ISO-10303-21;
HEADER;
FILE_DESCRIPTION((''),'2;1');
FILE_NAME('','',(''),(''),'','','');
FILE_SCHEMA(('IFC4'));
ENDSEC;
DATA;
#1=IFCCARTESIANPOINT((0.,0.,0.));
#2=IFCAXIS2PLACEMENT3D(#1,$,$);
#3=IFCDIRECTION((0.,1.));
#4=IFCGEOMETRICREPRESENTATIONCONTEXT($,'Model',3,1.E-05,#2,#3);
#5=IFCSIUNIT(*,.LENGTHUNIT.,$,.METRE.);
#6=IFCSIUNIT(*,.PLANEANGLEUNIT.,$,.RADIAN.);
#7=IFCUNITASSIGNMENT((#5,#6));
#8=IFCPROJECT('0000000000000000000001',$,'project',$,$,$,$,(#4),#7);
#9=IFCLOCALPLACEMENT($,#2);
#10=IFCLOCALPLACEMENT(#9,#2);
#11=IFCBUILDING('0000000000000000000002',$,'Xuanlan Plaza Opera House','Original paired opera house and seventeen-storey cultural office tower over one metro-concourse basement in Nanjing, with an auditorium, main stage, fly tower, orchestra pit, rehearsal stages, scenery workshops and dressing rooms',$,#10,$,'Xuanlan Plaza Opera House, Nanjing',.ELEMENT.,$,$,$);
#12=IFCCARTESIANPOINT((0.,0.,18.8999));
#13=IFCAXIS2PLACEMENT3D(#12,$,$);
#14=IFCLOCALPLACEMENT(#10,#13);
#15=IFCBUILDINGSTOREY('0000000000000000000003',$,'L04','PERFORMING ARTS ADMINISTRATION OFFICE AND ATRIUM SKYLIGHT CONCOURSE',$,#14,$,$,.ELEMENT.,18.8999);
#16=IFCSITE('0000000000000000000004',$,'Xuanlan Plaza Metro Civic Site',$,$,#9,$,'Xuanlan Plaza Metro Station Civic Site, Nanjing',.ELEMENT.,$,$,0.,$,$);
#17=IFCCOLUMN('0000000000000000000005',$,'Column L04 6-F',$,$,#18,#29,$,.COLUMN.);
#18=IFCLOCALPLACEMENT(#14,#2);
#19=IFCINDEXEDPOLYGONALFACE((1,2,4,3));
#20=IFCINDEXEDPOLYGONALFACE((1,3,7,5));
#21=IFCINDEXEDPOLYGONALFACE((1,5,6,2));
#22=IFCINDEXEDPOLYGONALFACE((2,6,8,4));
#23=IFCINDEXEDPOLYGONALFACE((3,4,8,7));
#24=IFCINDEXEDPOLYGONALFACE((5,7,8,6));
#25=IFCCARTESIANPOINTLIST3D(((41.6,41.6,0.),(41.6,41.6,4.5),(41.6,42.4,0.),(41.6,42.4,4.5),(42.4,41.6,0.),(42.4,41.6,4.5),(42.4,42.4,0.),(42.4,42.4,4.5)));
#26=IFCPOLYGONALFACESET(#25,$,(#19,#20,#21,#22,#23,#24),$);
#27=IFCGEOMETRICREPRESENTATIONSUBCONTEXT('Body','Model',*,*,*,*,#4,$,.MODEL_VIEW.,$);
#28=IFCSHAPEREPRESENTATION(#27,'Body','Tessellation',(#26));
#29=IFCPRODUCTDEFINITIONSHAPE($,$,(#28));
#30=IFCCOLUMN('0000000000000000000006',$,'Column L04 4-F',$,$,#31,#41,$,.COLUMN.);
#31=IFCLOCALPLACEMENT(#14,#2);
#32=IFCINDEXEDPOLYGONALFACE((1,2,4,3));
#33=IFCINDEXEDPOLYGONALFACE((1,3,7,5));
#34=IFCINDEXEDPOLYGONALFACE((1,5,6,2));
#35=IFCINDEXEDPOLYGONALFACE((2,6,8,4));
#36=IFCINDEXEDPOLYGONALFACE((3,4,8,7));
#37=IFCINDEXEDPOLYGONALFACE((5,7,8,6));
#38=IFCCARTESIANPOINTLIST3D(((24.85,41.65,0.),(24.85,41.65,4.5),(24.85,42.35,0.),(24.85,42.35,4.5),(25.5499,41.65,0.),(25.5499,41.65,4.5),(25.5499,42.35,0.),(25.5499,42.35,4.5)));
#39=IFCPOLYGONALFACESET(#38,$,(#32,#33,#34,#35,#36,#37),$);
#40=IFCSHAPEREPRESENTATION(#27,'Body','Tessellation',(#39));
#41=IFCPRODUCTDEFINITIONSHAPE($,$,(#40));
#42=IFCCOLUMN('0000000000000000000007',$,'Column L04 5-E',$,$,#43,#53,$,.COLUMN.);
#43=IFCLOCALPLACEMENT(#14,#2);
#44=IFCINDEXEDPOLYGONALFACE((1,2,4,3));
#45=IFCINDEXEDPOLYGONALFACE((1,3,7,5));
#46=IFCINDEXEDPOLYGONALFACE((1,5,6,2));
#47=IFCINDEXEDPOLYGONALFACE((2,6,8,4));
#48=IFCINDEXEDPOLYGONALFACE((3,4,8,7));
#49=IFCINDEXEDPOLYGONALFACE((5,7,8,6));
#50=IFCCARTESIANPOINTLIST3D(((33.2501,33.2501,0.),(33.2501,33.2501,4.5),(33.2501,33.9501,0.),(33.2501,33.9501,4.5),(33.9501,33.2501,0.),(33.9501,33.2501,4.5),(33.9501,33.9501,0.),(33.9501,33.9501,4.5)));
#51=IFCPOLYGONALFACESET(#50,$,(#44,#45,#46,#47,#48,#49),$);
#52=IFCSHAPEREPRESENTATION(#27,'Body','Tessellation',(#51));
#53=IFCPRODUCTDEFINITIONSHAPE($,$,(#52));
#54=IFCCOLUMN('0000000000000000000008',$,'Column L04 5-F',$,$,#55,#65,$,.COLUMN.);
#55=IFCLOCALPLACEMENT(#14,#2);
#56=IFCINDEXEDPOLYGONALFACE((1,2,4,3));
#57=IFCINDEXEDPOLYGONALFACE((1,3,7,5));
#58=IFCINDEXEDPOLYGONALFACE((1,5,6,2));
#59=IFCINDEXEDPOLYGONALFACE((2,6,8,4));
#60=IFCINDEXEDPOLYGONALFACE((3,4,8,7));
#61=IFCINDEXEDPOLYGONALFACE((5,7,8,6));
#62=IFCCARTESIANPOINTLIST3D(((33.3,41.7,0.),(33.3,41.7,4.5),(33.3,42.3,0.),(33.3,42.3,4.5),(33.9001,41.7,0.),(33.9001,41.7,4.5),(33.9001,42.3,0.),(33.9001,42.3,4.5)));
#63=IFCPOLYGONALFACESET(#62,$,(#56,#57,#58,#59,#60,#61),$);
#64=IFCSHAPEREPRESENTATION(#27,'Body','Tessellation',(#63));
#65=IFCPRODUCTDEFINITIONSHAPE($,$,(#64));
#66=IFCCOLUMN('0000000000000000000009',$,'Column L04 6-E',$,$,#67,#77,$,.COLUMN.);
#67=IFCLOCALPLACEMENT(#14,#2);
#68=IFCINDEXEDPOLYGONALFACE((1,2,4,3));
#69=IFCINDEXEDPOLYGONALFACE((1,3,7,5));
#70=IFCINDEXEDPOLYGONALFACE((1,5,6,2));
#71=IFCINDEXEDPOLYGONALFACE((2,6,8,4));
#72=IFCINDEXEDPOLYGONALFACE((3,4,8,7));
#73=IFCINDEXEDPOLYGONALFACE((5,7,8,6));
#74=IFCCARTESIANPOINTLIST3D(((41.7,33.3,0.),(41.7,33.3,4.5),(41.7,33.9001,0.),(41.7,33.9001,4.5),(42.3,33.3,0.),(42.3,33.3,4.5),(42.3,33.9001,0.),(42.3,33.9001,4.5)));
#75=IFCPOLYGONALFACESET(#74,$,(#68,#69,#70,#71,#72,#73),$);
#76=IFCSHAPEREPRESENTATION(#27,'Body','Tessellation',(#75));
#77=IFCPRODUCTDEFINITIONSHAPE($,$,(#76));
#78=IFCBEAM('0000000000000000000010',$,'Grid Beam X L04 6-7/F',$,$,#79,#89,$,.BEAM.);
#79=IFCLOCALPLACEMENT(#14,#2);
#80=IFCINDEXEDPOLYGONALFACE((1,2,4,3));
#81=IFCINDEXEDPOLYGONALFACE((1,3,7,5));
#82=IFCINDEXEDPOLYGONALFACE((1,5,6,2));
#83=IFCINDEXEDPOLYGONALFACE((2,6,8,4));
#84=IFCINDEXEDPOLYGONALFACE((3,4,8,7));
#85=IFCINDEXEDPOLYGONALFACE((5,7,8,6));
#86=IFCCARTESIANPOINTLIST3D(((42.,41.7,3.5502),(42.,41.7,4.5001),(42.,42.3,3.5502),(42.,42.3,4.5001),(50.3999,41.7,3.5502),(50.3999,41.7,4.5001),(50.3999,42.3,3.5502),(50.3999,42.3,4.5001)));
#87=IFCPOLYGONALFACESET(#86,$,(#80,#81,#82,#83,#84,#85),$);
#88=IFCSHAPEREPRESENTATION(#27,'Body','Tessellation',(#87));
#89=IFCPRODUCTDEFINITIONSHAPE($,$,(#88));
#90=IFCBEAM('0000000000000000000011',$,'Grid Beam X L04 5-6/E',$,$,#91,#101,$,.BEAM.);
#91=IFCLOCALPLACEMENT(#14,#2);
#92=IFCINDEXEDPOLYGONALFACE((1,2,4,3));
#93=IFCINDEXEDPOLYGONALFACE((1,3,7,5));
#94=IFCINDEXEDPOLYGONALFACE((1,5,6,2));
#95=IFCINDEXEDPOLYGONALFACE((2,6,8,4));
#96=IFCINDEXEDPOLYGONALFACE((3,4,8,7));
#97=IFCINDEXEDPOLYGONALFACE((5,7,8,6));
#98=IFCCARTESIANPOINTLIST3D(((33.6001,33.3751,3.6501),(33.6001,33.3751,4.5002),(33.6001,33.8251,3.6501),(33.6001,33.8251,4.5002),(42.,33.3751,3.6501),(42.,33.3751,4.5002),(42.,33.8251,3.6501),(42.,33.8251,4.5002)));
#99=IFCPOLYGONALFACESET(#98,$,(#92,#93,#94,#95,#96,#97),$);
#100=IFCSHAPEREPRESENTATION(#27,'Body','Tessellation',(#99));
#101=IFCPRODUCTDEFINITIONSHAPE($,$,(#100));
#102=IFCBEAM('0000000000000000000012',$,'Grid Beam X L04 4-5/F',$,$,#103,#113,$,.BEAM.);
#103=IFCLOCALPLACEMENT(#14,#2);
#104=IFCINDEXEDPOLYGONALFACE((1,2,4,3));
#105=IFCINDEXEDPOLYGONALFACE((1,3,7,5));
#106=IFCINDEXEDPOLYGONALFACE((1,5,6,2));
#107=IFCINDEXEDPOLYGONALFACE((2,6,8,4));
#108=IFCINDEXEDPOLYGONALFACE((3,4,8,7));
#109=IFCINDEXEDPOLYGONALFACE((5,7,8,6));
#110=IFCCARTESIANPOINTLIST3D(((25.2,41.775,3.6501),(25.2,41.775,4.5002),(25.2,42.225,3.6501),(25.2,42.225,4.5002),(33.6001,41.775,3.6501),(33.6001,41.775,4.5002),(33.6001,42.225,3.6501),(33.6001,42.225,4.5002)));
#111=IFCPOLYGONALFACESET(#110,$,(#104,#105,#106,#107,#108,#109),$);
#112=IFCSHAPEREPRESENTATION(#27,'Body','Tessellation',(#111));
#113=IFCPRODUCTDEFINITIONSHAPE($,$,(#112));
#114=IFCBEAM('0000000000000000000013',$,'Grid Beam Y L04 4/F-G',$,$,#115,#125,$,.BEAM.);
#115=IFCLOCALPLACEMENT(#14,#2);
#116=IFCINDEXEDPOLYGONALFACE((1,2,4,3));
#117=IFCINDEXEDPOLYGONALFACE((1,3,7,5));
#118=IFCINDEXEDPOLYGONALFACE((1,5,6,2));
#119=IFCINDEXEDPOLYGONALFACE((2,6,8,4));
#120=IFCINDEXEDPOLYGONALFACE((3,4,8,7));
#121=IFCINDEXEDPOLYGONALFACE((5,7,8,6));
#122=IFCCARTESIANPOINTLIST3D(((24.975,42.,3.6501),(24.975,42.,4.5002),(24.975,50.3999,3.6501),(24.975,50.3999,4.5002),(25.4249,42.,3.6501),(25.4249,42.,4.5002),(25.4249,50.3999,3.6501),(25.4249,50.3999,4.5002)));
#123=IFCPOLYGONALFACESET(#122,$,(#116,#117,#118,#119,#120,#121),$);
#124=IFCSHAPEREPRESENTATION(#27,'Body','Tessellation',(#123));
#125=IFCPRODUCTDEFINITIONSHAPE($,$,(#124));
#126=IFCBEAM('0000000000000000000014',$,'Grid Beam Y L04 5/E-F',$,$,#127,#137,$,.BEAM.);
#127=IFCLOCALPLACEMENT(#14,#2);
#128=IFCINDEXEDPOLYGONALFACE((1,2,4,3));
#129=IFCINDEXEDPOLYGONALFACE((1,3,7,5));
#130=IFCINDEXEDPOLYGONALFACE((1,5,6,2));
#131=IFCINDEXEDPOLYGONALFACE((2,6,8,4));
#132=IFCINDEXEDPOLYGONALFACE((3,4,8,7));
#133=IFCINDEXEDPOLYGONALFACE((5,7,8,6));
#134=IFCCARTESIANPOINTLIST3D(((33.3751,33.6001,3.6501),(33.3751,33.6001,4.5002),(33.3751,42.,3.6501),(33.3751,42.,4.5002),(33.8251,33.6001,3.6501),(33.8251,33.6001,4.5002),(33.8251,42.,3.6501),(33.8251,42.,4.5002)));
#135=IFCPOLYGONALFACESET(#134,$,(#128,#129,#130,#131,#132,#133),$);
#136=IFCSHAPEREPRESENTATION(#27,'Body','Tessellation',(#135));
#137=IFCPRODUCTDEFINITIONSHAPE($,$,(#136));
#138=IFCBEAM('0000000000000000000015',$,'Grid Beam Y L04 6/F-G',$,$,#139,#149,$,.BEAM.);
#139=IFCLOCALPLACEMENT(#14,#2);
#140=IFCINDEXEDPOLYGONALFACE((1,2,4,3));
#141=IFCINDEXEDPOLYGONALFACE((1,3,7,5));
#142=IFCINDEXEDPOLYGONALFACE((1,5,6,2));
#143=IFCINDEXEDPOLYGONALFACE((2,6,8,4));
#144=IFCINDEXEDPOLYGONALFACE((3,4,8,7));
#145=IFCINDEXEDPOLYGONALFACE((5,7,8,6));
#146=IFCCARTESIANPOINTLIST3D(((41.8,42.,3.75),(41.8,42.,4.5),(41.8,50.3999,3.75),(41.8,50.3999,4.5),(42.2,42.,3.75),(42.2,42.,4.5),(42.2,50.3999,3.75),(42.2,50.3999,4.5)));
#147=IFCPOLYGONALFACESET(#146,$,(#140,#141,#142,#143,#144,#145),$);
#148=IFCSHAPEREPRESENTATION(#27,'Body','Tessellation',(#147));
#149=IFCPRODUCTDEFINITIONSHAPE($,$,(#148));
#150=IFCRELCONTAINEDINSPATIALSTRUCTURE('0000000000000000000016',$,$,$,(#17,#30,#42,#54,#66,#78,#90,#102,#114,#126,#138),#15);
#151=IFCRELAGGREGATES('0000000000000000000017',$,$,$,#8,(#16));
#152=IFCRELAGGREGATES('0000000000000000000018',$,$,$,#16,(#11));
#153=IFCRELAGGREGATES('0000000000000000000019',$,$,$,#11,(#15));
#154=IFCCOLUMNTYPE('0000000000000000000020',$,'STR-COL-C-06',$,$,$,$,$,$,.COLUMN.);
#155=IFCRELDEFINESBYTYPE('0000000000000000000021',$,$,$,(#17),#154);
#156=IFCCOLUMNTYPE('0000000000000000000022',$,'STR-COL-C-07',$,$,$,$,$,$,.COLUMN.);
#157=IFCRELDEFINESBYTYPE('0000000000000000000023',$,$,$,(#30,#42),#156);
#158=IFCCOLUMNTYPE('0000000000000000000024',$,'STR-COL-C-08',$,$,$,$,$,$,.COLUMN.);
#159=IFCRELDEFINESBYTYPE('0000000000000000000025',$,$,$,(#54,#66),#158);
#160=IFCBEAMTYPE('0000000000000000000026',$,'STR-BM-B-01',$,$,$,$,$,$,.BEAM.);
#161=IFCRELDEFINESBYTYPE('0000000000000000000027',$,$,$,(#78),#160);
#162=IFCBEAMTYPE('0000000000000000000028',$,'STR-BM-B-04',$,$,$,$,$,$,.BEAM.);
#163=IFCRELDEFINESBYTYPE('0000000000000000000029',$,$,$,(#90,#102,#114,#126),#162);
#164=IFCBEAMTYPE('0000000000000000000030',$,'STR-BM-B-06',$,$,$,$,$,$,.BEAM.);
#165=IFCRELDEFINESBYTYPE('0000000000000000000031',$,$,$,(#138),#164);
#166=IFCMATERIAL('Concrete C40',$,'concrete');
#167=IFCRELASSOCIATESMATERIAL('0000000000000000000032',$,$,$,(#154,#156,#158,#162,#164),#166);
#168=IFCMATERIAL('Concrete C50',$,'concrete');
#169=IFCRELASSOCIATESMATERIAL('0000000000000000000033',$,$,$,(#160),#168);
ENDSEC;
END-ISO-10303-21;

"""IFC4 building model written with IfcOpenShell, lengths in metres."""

from ifc_helpers import new_model, si_unit, direction, frame, origin, origin_2d, place, context, subcontext, project, spatial, rectangle, extrude, material, material_profile, profile_set, type_object, element, save


model = new_model("IFC4")

# Units and contexts
model_context = context("Model", 3, precision=1e-05, world=origin(), true_north=direction((0.0, 1.0)))
body_context = subcontext(model_context, "Body", "Model", "MODEL_VIEW")
ifc_project = project(units=[si_unit("LENGTHUNIT", "METRE"), si_unit("PLANEANGLEUNIT", "RADIAN")], contexts=[model_context])

# Site, building, storey
site_placement = place(None, origin())
site = spatial("IfcSite", under=ifc_project, at=site_placement, Name="Xuanlan Plaza Metro Civic Site", LongName="Xuanlan Plaza Metro Station Civic Site, Nanjing", CompositionType="ELEMENT", RefElevation=0.0)
building_placement = place(site_placement, origin())
building = spatial("IfcBuilding", under=site, at=building_placement, Name="Xuanlan Plaza Opera House", Description="Original paired opera house and seventeen-storey cultural office tower over one metro-concourse basement in Nanjing, with an auditorium, main stage, fly tower, orchestra pit, rehearsal stages, scenery workshops and dressing rooms", LongName="Xuanlan Plaza Opera House, Nanjing", CompositionType="ELEMENT")
storey_placement = place(building_placement, frame((0.0, 0.0, 18.8999)))
storey = spatial("IfcBuildingStorey", under=building, at=storey_placement, Name="L04", Description="PERFORMING ARTS ADMINISTRATION OFFICE AND ATRIUM SKYLIGHT CONCOURSE", CompositionType="ELEMENT", Elevation=18.8999)

# Columns
ifc_material_1 = material(Name="Concrete C40", Category="concrete")
ifc_material_profile_1 = material_profile(ifc_material_1, rectangle(XDim=0.8, YDim=0.8, at=origin_2d()), Name="RC-COL 800x800")
ifc_profile_set_1 = profile_set([ifc_material_profile_1], Name="Concrete C40")
column_type_1 = type_object("IfcColumnType", Name="STR-COL-C-06", PredefinedType="COLUMN", material=ifc_profile_set_1)
column_placement = place(storey_placement, frame((42.0, 42.0, 0.0), z_axis=(0.0, 0.0, 1.0), x_axis=(1.0, 0.0, 0.0)))
element("IfcColumn", 1, at=column_placement, inside=storey, type_object=column_type_1, Name="Column L04 6-F", PredefinedType="COLUMN", context=body_context, shape_type="SweptSolid", body=[
    extrude(rectangle(XDim=0.8, YDim=0.8, at=origin_2d()), origin(), (0.0, 0.0, 1.0), 4.5),
])
ifc_material_profile_2 = material_profile(ifc_material_1, rectangle(XDim=0.7, YDim=0.7, at=origin_2d()), Name="RC-COL 700x700")
ifc_profile_set_2 = profile_set([ifc_material_profile_2], Name="Concrete C40")
column_type_2 = type_object("IfcColumnType", Name="STR-COL-C-07", PredefinedType="COLUMN", material=ifc_profile_set_2)
for number, where, z_axis, x_axis, name in (
    (2, (25.2, 42.0, 0.0), (0.0, 0.0, 1.0), (1.0, 0.0, 0.0), "Column L04 4-F"),
    (3, (33.6001, 33.6001, 0.0), (0.0, 0.0, 1.0), (1.0, 0.0, 0.0), "Column L04 5-E"),
):
    element("IfcColumn", number, at=place(storey_placement, frame(where, z_axis=z_axis, x_axis=x_axis)), inside=storey, type_object=column_type_2, Name=name, PredefinedType="COLUMN", context=body_context, shape_type="SweptSolid", body=[
        extrude(rectangle(XDim=0.7, YDim=0.7, at=origin_2d()), origin(), (0.0, 0.0, 1.0), 4.5),
    ])
ifc_material_profile_3 = material_profile(ifc_material_1, rectangle(XDim=0.6001, YDim=0.6001, at=origin_2d()), Name="RC-COL 600x600")
ifc_profile_set_3 = profile_set([ifc_material_profile_3], Name="Concrete C40")
column_type_3 = type_object("IfcColumnType", Name="STR-COL-C-08", PredefinedType="COLUMN", material=ifc_profile_set_3)
for number, where, z_axis, x_axis, name in (
    (4, (33.6001, 42.0, 0.0), (0.0, 0.0, 1.0), (1.0, 0.0, 0.0), "Column L04 5-F"),
    (5, (42.0, 33.6001, 0.0), (0.0, 0.0, 1.0), (1.0, 0.0, 0.0), "Column L04 6-E"),
):
    element("IfcColumn", number, at=place(storey_placement, frame(where, z_axis=z_axis, x_axis=x_axis)), inside=storey, type_object=column_type_3, Name=name, PredefinedType="COLUMN", context=body_context, shape_type="SweptSolid", body=[
        extrude(rectangle(XDim=0.6001, YDim=0.6001, at=origin_2d()), origin(), (0.0, 0.0, 1.0), 4.5),
    ])

# Beams
ifc_material_2 = material(Name="Concrete C50", Category="concrete")
ifc_material_profile_4 = material_profile(ifc_material_2, rectangle(XDim=0.6001, YDim=0.95, at=origin_2d()), Name="RC-BM 600x950")
ifc_profile_set_4 = profile_set([ifc_material_profile_4], Name="Concrete C50")
beam_type_1 = type_object("IfcBeamType", Name="STR-BM-B-01", PredefinedType="BEAM", material=ifc_profile_set_4)
beam_1_placement = place(storey_placement, frame((42.0, 42.0, 4.0251), z_axis=(1.0, 0.0, 0.0), x_axis=(0.0, 1.0, 0.0)))
element("IfcBeam", 6, at=beam_1_placement, inside=storey, type_object=beam_type_1, Name="Grid Beam X L04 6-7/F", PredefinedType="BEAM", context=body_context, shape_type="SweptSolid", body=[
    extrude(rectangle(XDim=0.6001, YDim=0.95, at=origin_2d()), origin(), (0.0, 0.0, 1.0), 8.3999),
])
ifc_material_profile_5 = material_profile(ifc_material_1, rectangle(XDim=0.45, YDim=0.8501, at=origin_2d()), Name="RC-BM 450x850")
ifc_profile_set_5 = profile_set([ifc_material_profile_5], Name="Concrete C40")
beam_type_2 = type_object("IfcBeamType", Name="STR-BM-B-04", PredefinedType="BEAM", material=ifc_profile_set_5)
beam_2_placement = place(storey_placement, frame((33.6001, 33.6001, 4.0752), z_axis=(1.0, 0.0, 0.0), x_axis=(0.0, 1.0, 0.0)))
element("IfcBeam", 7, at=beam_2_placement, inside=storey, type_object=beam_type_2, Name="Grid Beam X L04 5-6/E", PredefinedType="BEAM", context=body_context, shape_type="SweptSolid", body=[
    extrude(rectangle(XDim=0.45, YDim=0.8501, at=origin_2d()), origin(), (0.0, 0.0, 1.0), 8.3999),
])
beam_3_placement = place(storey_placement, frame((25.2, 42.0, 4.0752), z_axis=(1.0, 0.0, 0.0), x_axis=(0.0, 1.0, 0.0)))
element("IfcBeam", 8, at=beam_3_placement, inside=storey, type_object=beam_type_2, Name="Grid Beam X L04 4-5/F", PredefinedType="BEAM", context=body_context, shape_type="SweptSolid", body=[
    extrude(rectangle(XDim=0.45, YDim=0.8501, at=origin_2d()), origin(), (0.0, 0.0, 1.0), 8.4001),
])
for number, where, z_axis, x_axis, name in (
    (9, (25.2, 42.0, 4.0752), (0.0, 1.0, 0.0), (-1.0, 0.0, 0.0), "Grid Beam Y L04 4/F-G"),
    (10, (33.6001, 33.6001, 4.0752), (0.0, 1.0, 0.0), (-1.0, 0.0, 0.0), "Grid Beam Y L04 5/E-F"),
):
    element("IfcBeam", number, at=place(storey_placement, frame(where, z_axis=z_axis, x_axis=x_axis)), inside=storey, type_object=beam_type_2, Name=name, PredefinedType="BEAM", context=body_context, shape_type="SweptSolid", body=[
        extrude(rectangle(XDim=0.45, YDim=0.8501, at=origin_2d()), origin(), (0.0, 0.0, 1.0), 8.3999),
    ])
ifc_material_profile_6 = material_profile(ifc_material_1, rectangle(XDim=0.3999, YDim=0.75, at=origin_2d()), Name="RC-BM 400x750")
ifc_profile_set_6 = profile_set([ifc_material_profile_6], Name="Concrete C40")
beam_type_3 = type_object("IfcBeamType", Name="STR-BM-B-06", PredefinedType="BEAM", material=ifc_profile_set_6)
beam_4_placement = place(storey_placement, frame((42.0, 42.0, 4.125), z_axis=(0.0, 1.0, 0.0), x_axis=(-1.0, 0.0, 0.0)))
element("IfcBeam", 11, at=beam_4_placement, inside=storey, type_object=beam_type_3, Name="Grid Beam Y L04 6/F-G", PredefinedType="BEAM", context=body_context, shape_type="SweptSolid", body=[
    extrude(rectangle(XDim=0.3999, YDim=0.75, at=origin_2d()), origin(), (0.0, 0.0, 1.0), 8.3999),
])

save(model, "model.ifc")
